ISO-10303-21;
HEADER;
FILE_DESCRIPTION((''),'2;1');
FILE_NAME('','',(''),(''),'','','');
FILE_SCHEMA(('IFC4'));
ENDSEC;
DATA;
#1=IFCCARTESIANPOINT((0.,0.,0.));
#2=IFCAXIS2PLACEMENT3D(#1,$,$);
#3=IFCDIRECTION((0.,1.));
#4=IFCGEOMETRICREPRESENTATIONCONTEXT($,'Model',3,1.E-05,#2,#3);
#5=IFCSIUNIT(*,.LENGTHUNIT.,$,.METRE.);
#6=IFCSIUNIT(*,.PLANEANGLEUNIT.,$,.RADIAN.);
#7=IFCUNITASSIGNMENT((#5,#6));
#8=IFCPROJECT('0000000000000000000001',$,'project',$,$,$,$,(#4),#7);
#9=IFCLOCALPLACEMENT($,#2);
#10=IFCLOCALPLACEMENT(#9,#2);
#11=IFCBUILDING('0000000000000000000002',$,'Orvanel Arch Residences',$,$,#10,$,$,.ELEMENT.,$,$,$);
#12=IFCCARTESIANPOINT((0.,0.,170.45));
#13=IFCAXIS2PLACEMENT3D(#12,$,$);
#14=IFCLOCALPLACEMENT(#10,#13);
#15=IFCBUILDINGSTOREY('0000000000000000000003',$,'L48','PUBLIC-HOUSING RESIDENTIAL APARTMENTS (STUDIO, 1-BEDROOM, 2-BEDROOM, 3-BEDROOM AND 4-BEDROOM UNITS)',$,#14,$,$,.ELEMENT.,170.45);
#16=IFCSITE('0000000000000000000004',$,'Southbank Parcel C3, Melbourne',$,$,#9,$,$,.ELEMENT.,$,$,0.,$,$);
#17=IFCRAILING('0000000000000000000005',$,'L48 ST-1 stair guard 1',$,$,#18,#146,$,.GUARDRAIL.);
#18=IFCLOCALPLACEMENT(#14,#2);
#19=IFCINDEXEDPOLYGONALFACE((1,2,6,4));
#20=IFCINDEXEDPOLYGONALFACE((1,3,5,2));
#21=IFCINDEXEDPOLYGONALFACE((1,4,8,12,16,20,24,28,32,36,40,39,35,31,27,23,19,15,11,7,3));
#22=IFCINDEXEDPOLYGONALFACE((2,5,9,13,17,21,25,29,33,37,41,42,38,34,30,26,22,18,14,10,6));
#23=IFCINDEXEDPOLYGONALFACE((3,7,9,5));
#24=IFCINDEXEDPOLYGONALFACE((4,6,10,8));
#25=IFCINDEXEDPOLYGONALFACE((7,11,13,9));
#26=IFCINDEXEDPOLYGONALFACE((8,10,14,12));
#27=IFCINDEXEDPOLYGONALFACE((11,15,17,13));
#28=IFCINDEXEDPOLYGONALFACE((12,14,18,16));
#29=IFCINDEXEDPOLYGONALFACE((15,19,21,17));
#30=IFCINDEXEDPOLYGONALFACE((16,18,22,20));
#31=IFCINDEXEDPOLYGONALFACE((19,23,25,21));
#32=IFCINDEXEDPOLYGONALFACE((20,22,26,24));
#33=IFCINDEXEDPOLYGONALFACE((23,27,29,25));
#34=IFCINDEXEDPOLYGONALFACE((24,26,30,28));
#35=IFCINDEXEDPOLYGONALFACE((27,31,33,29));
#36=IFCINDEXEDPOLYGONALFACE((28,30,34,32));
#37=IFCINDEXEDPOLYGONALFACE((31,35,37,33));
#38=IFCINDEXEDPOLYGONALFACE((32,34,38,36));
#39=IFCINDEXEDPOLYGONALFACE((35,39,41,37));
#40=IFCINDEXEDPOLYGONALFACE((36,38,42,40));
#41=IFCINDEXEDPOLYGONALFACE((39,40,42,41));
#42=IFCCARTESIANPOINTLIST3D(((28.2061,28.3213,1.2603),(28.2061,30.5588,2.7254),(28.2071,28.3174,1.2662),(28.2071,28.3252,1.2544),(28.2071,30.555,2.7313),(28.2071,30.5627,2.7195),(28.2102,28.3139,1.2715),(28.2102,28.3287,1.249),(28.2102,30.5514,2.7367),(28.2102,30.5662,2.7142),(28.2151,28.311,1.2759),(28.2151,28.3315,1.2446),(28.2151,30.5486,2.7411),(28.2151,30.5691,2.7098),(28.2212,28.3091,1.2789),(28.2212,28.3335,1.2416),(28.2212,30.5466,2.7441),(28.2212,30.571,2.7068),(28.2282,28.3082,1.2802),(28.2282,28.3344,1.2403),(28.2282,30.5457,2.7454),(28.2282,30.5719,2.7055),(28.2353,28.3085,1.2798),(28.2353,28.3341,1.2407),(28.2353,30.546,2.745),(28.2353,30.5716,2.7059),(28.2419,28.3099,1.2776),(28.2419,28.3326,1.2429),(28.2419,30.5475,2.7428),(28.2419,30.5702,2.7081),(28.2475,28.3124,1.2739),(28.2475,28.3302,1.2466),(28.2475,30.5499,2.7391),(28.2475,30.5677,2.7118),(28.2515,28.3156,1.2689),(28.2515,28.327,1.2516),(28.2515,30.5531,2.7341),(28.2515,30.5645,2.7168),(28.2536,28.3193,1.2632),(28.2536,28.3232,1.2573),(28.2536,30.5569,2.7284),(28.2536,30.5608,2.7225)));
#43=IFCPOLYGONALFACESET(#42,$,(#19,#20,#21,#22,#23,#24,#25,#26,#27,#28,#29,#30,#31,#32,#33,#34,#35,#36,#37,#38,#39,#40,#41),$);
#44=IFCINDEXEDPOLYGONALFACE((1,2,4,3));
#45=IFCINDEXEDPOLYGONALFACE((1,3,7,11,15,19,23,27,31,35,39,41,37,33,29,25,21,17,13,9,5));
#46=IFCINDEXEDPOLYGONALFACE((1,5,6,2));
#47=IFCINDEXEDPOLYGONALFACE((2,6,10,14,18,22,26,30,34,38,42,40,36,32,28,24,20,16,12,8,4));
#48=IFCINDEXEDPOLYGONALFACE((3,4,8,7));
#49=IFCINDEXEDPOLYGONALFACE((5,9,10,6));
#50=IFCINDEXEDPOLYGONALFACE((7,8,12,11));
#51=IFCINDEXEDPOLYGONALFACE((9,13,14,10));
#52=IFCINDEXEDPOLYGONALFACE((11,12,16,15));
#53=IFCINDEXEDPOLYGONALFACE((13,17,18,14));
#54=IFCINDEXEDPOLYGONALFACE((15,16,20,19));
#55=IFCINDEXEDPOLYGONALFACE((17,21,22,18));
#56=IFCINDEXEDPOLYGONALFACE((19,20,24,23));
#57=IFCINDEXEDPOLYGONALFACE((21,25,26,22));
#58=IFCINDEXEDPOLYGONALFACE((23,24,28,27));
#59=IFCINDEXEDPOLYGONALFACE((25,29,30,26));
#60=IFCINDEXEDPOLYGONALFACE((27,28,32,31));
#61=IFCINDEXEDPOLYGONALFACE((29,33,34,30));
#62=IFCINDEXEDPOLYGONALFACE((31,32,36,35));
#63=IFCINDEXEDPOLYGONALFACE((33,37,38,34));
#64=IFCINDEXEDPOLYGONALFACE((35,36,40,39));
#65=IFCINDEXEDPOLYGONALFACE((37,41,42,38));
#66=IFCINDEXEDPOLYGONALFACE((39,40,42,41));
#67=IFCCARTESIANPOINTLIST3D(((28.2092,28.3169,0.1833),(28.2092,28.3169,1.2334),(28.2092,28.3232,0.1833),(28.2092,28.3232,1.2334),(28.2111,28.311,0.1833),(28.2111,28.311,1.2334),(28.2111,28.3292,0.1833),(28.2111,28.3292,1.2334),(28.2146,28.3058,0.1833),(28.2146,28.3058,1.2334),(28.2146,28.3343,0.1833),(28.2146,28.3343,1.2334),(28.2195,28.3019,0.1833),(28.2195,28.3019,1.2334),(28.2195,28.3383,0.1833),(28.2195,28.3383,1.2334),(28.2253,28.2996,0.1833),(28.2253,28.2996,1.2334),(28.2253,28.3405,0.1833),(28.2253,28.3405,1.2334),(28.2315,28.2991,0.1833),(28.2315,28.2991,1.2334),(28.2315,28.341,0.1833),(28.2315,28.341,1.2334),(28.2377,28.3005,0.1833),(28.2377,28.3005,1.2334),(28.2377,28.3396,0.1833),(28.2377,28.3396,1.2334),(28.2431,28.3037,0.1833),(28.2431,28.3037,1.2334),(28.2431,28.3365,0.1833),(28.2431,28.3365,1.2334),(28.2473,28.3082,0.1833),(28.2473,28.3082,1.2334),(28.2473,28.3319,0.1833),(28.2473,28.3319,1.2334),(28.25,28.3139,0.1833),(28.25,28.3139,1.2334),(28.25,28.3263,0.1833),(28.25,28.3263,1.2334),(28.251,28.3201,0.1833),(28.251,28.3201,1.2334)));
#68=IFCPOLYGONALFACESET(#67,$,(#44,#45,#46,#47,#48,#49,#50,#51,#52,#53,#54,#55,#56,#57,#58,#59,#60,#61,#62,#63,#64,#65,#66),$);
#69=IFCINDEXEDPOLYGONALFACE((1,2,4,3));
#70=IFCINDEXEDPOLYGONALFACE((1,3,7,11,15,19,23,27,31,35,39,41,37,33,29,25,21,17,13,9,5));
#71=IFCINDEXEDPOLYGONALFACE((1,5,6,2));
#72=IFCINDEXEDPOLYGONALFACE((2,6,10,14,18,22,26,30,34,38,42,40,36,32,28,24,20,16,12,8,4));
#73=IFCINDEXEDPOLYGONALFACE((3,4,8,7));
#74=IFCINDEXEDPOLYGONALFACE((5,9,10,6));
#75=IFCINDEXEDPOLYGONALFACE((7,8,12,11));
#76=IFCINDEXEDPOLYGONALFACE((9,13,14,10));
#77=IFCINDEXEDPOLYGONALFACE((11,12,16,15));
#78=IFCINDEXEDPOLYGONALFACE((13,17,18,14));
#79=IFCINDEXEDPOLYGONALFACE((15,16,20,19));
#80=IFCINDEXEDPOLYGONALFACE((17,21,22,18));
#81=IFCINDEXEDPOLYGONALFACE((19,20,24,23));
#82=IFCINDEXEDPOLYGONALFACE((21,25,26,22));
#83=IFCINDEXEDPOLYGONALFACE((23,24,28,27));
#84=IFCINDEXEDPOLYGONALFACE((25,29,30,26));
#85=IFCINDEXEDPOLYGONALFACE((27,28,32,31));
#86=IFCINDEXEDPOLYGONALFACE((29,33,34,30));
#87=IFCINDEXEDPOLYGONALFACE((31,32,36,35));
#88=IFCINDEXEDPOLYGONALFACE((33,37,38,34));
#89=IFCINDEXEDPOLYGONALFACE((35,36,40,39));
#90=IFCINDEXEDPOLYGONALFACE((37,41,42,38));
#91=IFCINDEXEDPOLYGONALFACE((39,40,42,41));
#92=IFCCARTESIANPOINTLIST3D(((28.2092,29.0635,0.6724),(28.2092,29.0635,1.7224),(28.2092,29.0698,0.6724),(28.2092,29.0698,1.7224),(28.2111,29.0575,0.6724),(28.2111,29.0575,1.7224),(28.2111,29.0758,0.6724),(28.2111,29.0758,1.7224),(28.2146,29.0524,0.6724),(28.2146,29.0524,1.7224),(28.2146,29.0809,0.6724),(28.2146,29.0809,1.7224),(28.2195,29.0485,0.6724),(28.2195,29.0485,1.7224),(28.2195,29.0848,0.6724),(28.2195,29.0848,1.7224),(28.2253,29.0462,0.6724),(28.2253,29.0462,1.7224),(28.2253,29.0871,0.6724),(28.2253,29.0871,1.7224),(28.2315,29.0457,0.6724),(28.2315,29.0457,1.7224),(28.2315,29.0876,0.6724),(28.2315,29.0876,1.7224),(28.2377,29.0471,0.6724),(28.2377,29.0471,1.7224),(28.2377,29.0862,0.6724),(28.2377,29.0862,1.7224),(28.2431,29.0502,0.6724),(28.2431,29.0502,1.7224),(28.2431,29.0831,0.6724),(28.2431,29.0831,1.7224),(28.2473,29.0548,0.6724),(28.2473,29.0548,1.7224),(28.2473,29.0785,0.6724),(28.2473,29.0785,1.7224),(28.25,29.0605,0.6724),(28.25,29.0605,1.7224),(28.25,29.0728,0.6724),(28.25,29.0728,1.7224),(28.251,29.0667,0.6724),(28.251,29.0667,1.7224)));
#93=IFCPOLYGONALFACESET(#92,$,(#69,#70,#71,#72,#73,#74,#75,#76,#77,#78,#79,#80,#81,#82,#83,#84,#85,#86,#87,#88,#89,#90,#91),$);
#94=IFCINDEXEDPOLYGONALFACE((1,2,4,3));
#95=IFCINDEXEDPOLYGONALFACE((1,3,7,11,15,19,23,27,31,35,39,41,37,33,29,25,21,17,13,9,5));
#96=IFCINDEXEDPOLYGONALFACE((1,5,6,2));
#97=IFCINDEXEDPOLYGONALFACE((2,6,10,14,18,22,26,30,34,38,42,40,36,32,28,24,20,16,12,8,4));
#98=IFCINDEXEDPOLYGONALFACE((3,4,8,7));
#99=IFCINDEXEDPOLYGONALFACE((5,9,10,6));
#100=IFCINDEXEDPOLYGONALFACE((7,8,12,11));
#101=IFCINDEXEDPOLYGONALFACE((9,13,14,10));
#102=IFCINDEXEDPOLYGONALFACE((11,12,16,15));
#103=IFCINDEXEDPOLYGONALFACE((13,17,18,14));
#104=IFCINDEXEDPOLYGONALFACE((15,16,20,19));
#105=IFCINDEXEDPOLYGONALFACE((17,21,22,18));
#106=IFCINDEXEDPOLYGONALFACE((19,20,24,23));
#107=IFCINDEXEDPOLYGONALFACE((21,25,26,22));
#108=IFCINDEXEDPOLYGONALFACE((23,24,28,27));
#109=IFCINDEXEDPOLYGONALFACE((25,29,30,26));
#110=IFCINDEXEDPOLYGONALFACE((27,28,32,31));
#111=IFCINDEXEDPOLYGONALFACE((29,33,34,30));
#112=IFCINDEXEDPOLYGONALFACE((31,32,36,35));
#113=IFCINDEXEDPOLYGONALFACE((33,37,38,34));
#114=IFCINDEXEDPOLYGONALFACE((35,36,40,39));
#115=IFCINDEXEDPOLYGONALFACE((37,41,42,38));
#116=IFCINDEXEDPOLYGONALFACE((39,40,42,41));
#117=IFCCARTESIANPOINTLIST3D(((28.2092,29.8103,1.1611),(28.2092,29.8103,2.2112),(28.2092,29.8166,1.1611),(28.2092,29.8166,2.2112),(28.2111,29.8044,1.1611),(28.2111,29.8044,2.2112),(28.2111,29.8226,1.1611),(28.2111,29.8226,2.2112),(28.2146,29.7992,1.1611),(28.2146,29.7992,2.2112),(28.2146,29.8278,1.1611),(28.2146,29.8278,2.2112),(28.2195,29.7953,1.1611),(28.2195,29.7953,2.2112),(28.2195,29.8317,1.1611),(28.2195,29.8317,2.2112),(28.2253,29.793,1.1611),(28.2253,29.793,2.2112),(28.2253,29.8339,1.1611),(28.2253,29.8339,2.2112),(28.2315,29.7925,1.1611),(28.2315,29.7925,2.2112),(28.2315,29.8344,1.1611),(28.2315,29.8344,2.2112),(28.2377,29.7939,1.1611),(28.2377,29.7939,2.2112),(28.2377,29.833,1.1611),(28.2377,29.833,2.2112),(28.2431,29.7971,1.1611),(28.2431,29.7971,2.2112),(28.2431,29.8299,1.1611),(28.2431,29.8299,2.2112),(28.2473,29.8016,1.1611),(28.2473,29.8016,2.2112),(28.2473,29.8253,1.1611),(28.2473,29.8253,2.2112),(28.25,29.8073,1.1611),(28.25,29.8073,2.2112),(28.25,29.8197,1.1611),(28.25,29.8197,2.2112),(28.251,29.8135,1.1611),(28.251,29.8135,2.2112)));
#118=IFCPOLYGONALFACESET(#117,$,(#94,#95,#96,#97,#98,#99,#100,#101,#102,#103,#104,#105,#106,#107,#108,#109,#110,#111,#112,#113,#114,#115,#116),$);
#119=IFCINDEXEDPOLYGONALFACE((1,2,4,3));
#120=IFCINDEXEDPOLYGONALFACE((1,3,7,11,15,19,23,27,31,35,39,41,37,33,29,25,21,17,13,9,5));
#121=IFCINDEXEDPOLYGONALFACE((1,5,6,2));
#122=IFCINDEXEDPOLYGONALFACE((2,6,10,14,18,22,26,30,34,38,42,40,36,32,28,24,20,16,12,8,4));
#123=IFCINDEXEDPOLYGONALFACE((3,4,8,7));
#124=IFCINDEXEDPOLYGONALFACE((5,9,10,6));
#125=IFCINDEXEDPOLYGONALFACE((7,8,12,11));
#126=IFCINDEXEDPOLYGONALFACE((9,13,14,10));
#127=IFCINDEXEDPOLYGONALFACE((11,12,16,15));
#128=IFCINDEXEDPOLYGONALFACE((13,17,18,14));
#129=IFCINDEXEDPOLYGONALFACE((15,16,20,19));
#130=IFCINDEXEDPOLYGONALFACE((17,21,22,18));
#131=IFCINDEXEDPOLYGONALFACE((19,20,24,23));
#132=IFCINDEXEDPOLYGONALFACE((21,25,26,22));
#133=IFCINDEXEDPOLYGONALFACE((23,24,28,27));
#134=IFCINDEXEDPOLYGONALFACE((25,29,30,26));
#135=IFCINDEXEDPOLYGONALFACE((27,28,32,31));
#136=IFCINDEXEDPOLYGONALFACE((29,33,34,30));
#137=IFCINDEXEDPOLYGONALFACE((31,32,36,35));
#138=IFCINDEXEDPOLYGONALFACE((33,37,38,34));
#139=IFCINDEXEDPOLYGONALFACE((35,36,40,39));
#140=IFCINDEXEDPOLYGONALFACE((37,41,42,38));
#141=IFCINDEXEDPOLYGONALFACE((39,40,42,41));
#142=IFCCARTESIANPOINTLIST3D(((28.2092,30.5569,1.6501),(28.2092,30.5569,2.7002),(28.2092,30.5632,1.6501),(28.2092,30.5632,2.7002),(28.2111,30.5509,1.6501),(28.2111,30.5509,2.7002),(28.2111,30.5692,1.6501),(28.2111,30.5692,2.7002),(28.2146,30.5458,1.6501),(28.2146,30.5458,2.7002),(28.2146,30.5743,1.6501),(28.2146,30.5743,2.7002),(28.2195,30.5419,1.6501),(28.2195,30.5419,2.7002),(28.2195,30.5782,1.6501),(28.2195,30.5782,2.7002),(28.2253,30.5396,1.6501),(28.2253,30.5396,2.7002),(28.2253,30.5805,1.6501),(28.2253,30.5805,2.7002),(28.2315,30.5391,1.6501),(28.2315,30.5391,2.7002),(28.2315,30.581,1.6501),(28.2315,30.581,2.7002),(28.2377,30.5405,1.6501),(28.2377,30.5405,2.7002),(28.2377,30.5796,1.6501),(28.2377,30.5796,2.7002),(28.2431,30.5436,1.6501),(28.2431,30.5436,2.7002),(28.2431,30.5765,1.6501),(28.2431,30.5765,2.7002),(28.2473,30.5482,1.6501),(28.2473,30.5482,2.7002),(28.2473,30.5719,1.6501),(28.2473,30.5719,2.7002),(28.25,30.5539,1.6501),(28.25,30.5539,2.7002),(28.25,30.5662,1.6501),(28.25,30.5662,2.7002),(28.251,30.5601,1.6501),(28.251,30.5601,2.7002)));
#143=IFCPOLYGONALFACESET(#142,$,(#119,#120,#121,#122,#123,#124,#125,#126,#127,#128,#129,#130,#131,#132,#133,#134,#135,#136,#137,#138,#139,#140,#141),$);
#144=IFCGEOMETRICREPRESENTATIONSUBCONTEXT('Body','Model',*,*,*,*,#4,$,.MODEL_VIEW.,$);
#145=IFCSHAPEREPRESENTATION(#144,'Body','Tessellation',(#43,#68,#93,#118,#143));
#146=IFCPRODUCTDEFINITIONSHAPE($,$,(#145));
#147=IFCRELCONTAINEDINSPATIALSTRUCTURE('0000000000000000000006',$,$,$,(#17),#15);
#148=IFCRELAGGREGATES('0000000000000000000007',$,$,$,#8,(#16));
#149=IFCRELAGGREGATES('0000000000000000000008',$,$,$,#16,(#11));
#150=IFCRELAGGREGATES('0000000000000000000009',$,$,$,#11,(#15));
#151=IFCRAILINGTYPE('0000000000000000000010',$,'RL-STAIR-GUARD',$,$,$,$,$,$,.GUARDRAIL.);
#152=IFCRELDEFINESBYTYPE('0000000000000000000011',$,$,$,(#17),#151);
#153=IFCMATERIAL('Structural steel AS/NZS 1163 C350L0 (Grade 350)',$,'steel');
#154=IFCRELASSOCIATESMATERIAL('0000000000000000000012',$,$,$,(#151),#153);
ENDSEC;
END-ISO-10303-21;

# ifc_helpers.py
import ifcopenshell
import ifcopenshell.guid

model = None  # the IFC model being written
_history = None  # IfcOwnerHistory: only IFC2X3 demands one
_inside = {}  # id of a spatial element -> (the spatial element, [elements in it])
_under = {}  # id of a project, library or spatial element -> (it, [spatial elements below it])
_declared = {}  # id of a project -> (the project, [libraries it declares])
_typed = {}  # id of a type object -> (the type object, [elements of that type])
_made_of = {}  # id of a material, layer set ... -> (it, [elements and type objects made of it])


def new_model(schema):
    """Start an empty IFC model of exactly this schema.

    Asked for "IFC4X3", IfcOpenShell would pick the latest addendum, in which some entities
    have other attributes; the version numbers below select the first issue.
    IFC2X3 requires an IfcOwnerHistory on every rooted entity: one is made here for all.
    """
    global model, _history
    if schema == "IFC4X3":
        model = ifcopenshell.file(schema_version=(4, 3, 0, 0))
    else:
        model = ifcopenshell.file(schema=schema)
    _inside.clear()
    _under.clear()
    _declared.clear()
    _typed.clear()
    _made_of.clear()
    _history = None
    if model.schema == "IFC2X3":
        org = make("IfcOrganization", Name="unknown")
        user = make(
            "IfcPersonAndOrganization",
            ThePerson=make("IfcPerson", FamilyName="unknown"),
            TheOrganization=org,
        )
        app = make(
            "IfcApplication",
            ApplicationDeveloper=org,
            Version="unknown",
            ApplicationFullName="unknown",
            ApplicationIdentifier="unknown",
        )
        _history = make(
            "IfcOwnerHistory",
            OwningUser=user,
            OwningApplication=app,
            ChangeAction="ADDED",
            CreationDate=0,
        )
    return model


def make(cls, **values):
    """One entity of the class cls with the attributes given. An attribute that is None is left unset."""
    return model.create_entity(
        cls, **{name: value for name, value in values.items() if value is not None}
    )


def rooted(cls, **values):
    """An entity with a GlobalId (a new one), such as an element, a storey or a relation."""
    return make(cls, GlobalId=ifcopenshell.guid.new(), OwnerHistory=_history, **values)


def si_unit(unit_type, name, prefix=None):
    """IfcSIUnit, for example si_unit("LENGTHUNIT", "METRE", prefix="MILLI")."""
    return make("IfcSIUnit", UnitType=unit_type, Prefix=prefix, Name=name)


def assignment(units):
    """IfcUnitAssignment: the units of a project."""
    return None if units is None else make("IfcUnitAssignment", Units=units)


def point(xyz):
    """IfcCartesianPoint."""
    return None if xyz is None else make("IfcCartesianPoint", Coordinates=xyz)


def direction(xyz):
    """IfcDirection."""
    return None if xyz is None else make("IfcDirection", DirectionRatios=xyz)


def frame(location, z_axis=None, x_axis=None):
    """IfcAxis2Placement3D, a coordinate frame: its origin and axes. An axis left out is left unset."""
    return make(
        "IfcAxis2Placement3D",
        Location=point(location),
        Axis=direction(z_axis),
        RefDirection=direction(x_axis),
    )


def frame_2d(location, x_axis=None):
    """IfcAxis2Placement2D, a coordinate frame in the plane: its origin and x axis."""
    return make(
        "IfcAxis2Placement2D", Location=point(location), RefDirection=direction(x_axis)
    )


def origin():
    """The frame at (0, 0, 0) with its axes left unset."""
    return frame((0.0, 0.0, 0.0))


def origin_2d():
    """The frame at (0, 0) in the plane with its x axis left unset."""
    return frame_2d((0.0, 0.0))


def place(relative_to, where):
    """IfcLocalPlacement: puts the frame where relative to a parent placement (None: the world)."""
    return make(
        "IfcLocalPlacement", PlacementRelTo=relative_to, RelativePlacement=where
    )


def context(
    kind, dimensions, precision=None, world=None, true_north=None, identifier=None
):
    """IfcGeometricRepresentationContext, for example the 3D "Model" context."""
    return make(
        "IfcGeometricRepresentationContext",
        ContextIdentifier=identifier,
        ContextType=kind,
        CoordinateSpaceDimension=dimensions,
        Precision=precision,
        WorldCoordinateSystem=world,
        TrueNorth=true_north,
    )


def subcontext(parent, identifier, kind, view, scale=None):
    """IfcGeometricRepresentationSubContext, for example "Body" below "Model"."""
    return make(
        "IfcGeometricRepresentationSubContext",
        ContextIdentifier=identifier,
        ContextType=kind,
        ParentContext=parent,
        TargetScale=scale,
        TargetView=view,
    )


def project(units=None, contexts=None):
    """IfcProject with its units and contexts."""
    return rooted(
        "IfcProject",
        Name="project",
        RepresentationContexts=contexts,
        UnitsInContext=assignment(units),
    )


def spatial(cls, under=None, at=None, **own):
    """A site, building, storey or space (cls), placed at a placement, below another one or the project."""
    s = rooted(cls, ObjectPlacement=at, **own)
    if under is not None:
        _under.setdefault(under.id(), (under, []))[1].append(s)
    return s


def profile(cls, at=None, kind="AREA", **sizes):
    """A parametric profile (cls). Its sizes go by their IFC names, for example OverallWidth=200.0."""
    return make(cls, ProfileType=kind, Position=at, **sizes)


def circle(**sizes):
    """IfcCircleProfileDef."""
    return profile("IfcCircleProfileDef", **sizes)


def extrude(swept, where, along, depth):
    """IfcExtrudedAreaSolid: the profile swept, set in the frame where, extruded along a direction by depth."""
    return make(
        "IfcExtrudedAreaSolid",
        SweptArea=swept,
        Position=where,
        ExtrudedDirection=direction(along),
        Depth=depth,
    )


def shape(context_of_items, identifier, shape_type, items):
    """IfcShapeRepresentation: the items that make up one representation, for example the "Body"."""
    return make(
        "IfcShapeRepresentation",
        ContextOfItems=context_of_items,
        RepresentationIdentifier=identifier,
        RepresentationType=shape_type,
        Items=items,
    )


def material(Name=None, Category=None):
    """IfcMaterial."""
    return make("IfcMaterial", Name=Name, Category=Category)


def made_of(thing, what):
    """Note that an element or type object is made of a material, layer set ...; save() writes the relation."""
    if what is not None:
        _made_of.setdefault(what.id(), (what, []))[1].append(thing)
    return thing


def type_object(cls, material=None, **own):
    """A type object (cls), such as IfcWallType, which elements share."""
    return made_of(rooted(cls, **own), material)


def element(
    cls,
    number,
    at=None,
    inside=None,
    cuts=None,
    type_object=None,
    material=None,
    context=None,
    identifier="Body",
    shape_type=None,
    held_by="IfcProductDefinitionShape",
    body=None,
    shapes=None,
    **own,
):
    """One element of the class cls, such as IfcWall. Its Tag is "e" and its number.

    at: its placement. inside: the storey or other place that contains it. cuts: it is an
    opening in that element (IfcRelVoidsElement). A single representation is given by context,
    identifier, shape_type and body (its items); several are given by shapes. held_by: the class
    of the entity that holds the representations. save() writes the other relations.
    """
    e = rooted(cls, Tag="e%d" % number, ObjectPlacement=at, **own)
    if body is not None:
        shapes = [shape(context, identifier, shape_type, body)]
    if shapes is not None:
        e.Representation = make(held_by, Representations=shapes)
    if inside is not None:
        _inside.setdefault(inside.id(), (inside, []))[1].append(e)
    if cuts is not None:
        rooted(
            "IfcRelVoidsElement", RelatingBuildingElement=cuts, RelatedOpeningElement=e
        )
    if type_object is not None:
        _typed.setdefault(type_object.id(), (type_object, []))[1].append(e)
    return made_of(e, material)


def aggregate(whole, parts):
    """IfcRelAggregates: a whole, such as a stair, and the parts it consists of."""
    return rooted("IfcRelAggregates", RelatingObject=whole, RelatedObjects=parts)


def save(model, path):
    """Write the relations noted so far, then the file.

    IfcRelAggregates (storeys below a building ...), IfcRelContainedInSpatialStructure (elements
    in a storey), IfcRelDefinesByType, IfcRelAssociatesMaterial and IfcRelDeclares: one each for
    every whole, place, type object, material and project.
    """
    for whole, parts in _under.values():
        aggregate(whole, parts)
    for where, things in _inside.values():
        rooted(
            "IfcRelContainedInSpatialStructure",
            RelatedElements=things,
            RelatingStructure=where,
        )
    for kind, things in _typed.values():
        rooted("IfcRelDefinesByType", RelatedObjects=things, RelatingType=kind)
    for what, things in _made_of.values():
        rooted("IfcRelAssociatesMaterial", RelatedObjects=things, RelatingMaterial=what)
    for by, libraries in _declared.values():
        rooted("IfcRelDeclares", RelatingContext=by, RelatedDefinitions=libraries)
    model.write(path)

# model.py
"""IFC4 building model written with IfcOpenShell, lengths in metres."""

from ifc_helpers import new_model, si_unit, direction, frame, origin, origin_2d, place, context, subcontext, project, spatial, circle, extrude, material, type_object, element, save


model = new_model("IFC4")

# Units and contexts
model_context = context("Model", 3, precision=1e-05, world=origin(), true_north=direction((0.0, 1.0)))
body_context = subcontext(model_context, "Body", "Model", "MODEL_VIEW")
ifc_project = project(units=[si_unit("LENGTHUNIT", "METRE"), si_unit("PLANEANGLEUNIT", "RADIAN")], contexts=[model_context])

# Site, building, storey
site_placement = place(None, origin())
site = spatial("IfcSite", under=ifc_project, at=site_placement, Name="Southbank Parcel C3, Melbourne", CompositionType="ELEMENT", RefElevation=0.0)
building_placement = place(site_placement, origin())
building = spatial("IfcBuilding", under=site, at=building_placement, Name="Orvanel Arch Residences", CompositionType="ELEMENT")
storey_placement = place(building_placement, frame((0.0, 0.0, 170.45)))
storey = spatial("IfcBuildingStorey", under=building, at=storey_placement, Name="L48", Description="PUBLIC-HOUSING RESIDENTIAL APARTMENTS (STUDIO, 1-BEDROOM, 2-BEDROOM, 3-BEDROOM AND 4-BEDROOM UNITS)", CompositionType="ELEMENT", Elevation=170.45)

# Railing
ifc_material_1 = material(Name="Structural steel AS/NZS 1163 C350L0 (Grade 350)", Category="steel")
railing_type_1 = type_object("IfcRailingType", Name="RL-STAIR-GUARD", PredefinedType="GUARDRAIL", material=ifc_material_1)
railing_1_placement = place(storey_placement, frame((28.23, 28.3201, 0.1833)))
element("IfcRailing", 1, at=railing_1_placement, inside=storey, type_object=railing_type_1, Name="L48 ST-1 stair guard 1", PredefinedType="GUARDRAIL", context=body_context, shape_type="SweptSolid", body=[
    extrude(circle(Radius=0.0239, at=origin_2d()), frame((0.0, 0.0012, 1.0769), z_axis=(0.0, 0.836595, 0.547822), x_axis=(-1.0, 0.0, 0.0)), (0.0, 0.0, 1.0), 2.6746),
    extrude(circle(Radius=0.021, at=origin_2d()), origin(), (0.0, 0.0, 1.0), 1.05),
    extrude(circle(Radius=0.021, at=origin_2d()), frame((0.0, 0.7466, 0.489)), (0.0, 0.0, 1.0), 1.05),
    extrude(circle(Radius=0.021, at=origin_2d()), frame((0.0, 1.4934, 0.9778)), (0.0, 0.0, 1.0), 1.05),
    extrude(circle(Radius=0.021, at=origin_2d()), frame((0.0, 2.24, 1.4668)), (0.0, 0.0, 1.0), 1.05),
])

save(model, "model.ifc")
